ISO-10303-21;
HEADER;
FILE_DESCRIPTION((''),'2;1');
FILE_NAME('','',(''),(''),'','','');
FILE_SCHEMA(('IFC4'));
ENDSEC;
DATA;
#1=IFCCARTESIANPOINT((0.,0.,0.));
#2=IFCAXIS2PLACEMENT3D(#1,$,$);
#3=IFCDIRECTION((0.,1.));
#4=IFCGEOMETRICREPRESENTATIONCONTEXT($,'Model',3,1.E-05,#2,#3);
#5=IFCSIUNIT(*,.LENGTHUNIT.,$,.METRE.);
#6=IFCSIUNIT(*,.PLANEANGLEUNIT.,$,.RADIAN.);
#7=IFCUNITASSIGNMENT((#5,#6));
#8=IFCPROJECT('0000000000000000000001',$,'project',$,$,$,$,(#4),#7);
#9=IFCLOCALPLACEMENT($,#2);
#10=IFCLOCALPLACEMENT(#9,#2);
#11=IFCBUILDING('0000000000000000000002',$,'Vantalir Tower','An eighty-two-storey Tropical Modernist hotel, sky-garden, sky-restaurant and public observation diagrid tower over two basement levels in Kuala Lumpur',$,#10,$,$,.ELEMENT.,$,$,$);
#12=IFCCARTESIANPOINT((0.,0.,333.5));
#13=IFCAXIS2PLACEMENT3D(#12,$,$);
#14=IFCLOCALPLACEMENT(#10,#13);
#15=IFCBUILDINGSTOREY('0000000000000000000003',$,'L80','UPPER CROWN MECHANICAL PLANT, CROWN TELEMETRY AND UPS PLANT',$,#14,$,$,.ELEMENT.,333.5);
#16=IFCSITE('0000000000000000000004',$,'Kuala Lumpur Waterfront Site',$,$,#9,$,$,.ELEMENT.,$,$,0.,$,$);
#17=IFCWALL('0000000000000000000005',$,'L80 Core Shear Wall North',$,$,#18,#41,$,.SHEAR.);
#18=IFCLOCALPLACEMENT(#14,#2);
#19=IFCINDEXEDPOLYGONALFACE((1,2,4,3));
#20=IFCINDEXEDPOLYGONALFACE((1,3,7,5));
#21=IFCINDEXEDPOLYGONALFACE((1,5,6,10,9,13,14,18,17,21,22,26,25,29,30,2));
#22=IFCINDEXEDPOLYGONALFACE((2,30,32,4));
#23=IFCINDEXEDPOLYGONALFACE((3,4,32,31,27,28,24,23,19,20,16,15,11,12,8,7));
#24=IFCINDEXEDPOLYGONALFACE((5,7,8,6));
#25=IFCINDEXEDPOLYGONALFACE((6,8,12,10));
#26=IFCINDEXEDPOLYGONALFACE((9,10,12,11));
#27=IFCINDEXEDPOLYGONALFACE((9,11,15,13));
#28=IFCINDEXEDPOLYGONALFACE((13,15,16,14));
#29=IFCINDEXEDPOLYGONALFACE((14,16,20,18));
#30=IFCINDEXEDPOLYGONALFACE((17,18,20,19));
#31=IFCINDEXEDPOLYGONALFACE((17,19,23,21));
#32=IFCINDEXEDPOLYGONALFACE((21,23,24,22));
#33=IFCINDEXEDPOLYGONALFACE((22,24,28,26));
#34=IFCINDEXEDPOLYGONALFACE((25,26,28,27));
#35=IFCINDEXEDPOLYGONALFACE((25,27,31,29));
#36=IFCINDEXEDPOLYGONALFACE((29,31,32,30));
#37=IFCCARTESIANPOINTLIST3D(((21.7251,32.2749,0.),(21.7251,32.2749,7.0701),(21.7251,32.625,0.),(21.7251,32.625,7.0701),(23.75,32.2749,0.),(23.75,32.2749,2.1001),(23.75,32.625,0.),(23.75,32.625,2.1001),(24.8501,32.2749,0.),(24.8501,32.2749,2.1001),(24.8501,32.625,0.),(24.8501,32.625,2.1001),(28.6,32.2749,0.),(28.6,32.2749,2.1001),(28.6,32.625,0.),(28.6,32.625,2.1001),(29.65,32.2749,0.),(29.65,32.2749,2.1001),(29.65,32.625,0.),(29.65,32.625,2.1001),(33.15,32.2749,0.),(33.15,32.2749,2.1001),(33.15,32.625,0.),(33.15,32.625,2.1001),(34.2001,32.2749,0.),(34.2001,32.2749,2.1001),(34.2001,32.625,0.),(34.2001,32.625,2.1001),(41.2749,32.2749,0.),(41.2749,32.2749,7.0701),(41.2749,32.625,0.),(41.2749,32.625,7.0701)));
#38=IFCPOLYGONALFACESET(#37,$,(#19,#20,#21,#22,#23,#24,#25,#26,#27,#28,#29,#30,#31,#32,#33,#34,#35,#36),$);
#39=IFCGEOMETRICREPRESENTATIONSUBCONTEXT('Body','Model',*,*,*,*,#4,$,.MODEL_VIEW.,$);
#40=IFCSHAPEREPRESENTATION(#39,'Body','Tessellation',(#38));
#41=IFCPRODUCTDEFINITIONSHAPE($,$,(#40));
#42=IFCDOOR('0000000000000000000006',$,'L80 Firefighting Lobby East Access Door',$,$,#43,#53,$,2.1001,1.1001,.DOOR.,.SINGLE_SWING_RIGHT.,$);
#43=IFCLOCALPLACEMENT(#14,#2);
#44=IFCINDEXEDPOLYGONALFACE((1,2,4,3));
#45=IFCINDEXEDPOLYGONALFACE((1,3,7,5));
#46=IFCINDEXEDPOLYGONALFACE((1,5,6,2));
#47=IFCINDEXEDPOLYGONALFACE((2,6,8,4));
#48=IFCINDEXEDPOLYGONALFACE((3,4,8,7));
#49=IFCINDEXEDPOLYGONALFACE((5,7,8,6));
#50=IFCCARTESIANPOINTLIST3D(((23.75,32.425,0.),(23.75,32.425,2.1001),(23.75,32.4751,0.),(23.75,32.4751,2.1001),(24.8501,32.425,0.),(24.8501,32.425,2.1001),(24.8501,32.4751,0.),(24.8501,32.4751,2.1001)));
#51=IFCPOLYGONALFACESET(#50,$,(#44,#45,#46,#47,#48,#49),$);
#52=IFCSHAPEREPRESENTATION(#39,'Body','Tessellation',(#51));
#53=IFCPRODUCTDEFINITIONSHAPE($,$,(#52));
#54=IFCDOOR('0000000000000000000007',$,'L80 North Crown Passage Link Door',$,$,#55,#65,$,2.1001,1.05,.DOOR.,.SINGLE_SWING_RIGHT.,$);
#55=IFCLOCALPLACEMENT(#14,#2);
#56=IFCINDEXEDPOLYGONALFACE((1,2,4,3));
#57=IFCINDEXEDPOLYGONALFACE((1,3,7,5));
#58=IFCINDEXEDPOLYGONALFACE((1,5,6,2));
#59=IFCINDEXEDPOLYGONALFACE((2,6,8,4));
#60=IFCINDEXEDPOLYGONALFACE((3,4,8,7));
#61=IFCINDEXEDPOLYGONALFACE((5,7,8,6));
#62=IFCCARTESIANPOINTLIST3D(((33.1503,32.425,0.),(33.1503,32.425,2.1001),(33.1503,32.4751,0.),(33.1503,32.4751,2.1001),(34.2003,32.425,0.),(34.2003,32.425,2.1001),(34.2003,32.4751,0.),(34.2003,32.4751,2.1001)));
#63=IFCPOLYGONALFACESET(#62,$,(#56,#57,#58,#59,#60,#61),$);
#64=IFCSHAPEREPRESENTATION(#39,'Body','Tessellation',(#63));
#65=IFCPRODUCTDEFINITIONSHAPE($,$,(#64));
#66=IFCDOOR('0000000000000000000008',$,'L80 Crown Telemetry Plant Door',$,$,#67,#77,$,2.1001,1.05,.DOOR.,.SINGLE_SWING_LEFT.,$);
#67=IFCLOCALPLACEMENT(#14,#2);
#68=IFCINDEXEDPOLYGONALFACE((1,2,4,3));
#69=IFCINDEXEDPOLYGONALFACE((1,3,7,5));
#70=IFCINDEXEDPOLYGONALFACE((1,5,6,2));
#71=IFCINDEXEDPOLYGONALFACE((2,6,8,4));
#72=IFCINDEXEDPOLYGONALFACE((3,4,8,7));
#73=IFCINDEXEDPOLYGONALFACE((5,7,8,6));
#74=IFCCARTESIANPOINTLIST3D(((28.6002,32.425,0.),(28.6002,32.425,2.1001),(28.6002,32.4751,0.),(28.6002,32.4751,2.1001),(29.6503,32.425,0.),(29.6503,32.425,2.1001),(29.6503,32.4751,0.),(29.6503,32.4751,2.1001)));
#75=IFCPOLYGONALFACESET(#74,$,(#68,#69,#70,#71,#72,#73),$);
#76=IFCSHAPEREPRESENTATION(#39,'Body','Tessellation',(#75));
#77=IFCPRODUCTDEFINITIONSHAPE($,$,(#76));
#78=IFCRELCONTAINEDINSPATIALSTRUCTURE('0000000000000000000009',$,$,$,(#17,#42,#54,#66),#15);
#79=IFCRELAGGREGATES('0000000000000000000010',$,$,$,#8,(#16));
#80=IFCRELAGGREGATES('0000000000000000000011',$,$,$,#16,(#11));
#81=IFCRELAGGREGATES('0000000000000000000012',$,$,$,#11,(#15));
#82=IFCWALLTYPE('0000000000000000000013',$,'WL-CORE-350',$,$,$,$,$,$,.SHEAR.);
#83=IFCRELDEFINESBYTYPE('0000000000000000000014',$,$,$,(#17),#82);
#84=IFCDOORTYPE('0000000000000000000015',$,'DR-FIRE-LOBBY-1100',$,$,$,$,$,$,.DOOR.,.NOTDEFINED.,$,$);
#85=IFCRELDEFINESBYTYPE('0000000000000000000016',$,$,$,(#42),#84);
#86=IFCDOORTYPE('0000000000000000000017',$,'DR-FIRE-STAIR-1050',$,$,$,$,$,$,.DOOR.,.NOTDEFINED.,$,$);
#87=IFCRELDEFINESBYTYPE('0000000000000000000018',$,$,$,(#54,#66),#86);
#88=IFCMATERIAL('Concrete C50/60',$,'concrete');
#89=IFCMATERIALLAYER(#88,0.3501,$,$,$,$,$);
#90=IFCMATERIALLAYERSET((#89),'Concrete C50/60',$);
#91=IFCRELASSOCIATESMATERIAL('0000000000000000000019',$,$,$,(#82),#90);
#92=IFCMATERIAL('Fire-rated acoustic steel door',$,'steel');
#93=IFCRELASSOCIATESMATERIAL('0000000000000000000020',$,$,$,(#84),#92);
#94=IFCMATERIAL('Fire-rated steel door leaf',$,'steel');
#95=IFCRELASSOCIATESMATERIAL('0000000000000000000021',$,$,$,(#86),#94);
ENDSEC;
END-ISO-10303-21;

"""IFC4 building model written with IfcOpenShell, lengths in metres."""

from ifc_helpers import new_model, si_unit, direction, frame, frame_2d, origin, place, context, subcontext, project, spatial, rectangle, extrude, material, layer, layer_set, type_object, element, fill, save


model = new_model("IFC4")

# Units and contexts
model_context = context("Model", 3, precision=1e-05, world=origin(), true_north=direction((0.0, 1.0)))
body_context = subcontext(model_context, "Body", "Model", "MODEL_VIEW")
ifc_project = project(units=[si_unit("LENGTHUNIT", "METRE"), si_unit("PLANEANGLEUNIT", "RADIAN")], contexts=[model_context])

# Site, building, storey
site_placement = place(None, origin())
site = spatial("IfcSite", under=ifc_project, at=site_placement, Name="Kuala Lumpur Waterfront Site", CompositionType="ELEMENT", RefElevation=0.0)
building_placement = place(site_placement, origin())
building = spatial("IfcBuilding", under=site, at=building_placement, Name="Vantalir Tower", Description="An eighty-two-storey Tropical Modernist hotel, sky-garden, sky-restaurant and public observation diagrid tower over two basement levels in Kuala Lumpur", CompositionType="ELEMENT")
storey_placement = place(building_placement, frame((0.0, 0.0, 333.5)))
storey = spatial("IfcBuildingStorey", under=building, at=storey_placement, Name="L80", Description="UPPER CROWN MECHANICAL PLANT, CROWN TELEMETRY AND UPS PLANT", CompositionType="ELEMENT", Elevation=333.5)

# Shared definitions
ifc_material_1 = material(Name="Concrete C50/60", Category="concrete")

# Wall, openings, doors
ifc_layer_1 = layer(ifc_material_1, 0.3501)
ifc_layer_set_1 = layer_set([ifc_layer_1], Name="Concrete C50/60")
wall_type = type_object("IfcWallType", Name="WL-CORE-350", PredefinedType="SHEAR", material=ifc_layer_set_1)
wall_placement = place(storey_placement, frame((21.7251, 32.45, 0.0), z_axis=(0.0, 0.0, 1.0), x_axis=(1.0, 0.0, 0.0)))
wall = element("IfcWall", 1, at=wall_placement, inside=storey, type_object=wall_type, Name="L80 Core Shear Wall North", PredefinedType="SHEAR", context=body_context, shape_type="SweptSolid", body=[
    extrude(rectangle(XDim=19.5498, YDim=0.3501, at=frame_2d((9.7749, 0.0))), origin(), (0.0, 0.0, 1.0), 7.0701),
])
opening_1_placement = place(wall_placement, frame((2.0249, 0.0, 0.0)))
opening_1 = element("IfcOpeningElement", 2, at=opening_1_placement, cuts=wall, PredefinedType="OPENING", context=body_context, shape_type="SweptSolid", body=[
    extrude(rectangle(XDim=1.1001, YDim=2.1001, at=frame_2d((0.55, 1.05))), frame((0.0, 0.1851, 0.0), z_axis=(0.0, -1.0, 0.0), x_axis=(1.0, 0.0, 0.0)), (0.0, 0.0, 1.0), 0.3701),
])
opening_2_placement = place(wall_placement, frame((11.425, 0.0, 0.0)))
opening_2 = element("IfcOpeningElement", 3, at=opening_2_placement, cuts=wall, PredefinedType="OPENING", context=body_context, shape_type="SweptSolid", body=[
    extrude(rectangle(XDim=1.05, YDim=2.1001, at=frame_2d((0.5249, 1.05))), frame((0.0, 0.1851, 0.0), z_axis=(0.0, -1.0, 0.0), x_axis=(1.0, 0.0, 0.0)), (0.0, 0.0, 1.0), 0.3701),
])
opening_3_placement = place(wall_placement, frame((6.875, 0.0, 0.0)))
opening_3 = element("IfcOpeningElement", 4, at=opening_3_placement, cuts=wall, PredefinedType="OPENING", context=body_context, shape_type="SweptSolid", body=[
    extrude(rectangle(XDim=1.05, YDim=2.1001, at=frame_2d((0.5249, 1.05))), frame((0.0, 0.1851, 0.0), z_axis=(0.0, -1.0, 0.0), x_axis=(1.0, 0.0, 0.0)), (0.0, 0.0, 1.0), 0.3701),
])
ifc_material_2 = material(Name="Fire-rated acoustic steel door", Category="steel")
door_type_1 = type_object("IfcDoorType", Name="DR-FIRE-LOBBY-1100", OperationType="NOTDEFINED", PredefinedType="DOOR", material=ifc_material_2)
door_1_placement = place(opening_1_placement, frame((1.1001, 0.0, 0.0), z_axis=(0.0, 0.0, 1.0), x_axis=(-1.0, 0.0, 0.0)))
door_1 = element("IfcDoor", 5, at=door_1_placement, inside=storey, type_object=door_type_1, Name="L80 Firefighting Lobby East Access Door", OperationType="SINGLE_SWING_RIGHT", OverallHeight=2.1001, OverallWidth=1.1001, PredefinedType="DOOR", context=body_context, shape_type="SweptSolid", body=[
    extrude(rectangle(XDim=1.1001, YDim=2.1001, at=frame_2d((0.55, 1.05))), frame((0.0, 0.0249, 0.0), z_axis=(0.0, -1.0, 0.0), x_axis=(1.0, 0.0, 0.0)), (0.0, 0.0, 1.0), 0.05),
])
fill(opening_1, door_1)
ifc_material_3 = material(Name="Fire-rated steel door leaf", Category="steel")
door_type_2 = type_object("IfcDoorType", Name="DR-FIRE-STAIR-1050", OperationType="NOTDEFINED", PredefinedType="DOOR", material=ifc_material_3)
door_2_placement = place(opening_2_placement, frame((1.05, 0.0, 0.0), z_axis=(0.0, 0.0, 1.0), x_axis=(-1.0, 0.0, 0.0)))
door_2 = element("IfcDoor", 6, at=door_2_placement, inside=storey, type_object=door_type_2, Name="L80 North Crown Passage Link Door", OperationType="SINGLE_SWING_RIGHT", OverallHeight=2.1001, OverallWidth=1.05, PredefinedType="DOOR", context=body_context, shape_type="SweptSolid", body=[
    extrude(rectangle(XDim=1.05, YDim=2.1001, at=frame_2d((0.5249, 1.05))), frame((0.0, 0.0249, 0.0), z_axis=(0.0, -1.0, 0.0), x_axis=(1.0, 0.0, 0.0)), (0.0, 0.0, 1.0), 0.05),
])
fill(opening_2, door_2)
door_3_placement = place(opening_3_placement, frame((1.05, 0.0, 0.0), z_axis=(0.0, 0.0, 1.0), x_axis=(-1.0, 0.0, 0.0)))
door_3 = element("IfcDoor", 7, at=door_3_placement, inside=storey, type_object=door_type_2, Name="L80 Crown Telemetry Plant Door", OperationType="SINGLE_SWING_LEFT", OverallHeight=2.1001, OverallWidth=1.05, PredefinedType="DOOR", context=body_context, shape_type="SweptSolid", body=[
    extrude(rectangle(XDim=1.05, YDim=2.1001, at=frame_2d((0.5249, 1.05))), frame((0.0, 0.0249, 0.0), z_axis=(0.0, -1.0, 0.0), x_axis=(1.0, 0.0, 0.0)), (0.0, 0.0, 1.0), 0.05),
])
fill(opening_3, door_3)

save(model, "model.ifc")
